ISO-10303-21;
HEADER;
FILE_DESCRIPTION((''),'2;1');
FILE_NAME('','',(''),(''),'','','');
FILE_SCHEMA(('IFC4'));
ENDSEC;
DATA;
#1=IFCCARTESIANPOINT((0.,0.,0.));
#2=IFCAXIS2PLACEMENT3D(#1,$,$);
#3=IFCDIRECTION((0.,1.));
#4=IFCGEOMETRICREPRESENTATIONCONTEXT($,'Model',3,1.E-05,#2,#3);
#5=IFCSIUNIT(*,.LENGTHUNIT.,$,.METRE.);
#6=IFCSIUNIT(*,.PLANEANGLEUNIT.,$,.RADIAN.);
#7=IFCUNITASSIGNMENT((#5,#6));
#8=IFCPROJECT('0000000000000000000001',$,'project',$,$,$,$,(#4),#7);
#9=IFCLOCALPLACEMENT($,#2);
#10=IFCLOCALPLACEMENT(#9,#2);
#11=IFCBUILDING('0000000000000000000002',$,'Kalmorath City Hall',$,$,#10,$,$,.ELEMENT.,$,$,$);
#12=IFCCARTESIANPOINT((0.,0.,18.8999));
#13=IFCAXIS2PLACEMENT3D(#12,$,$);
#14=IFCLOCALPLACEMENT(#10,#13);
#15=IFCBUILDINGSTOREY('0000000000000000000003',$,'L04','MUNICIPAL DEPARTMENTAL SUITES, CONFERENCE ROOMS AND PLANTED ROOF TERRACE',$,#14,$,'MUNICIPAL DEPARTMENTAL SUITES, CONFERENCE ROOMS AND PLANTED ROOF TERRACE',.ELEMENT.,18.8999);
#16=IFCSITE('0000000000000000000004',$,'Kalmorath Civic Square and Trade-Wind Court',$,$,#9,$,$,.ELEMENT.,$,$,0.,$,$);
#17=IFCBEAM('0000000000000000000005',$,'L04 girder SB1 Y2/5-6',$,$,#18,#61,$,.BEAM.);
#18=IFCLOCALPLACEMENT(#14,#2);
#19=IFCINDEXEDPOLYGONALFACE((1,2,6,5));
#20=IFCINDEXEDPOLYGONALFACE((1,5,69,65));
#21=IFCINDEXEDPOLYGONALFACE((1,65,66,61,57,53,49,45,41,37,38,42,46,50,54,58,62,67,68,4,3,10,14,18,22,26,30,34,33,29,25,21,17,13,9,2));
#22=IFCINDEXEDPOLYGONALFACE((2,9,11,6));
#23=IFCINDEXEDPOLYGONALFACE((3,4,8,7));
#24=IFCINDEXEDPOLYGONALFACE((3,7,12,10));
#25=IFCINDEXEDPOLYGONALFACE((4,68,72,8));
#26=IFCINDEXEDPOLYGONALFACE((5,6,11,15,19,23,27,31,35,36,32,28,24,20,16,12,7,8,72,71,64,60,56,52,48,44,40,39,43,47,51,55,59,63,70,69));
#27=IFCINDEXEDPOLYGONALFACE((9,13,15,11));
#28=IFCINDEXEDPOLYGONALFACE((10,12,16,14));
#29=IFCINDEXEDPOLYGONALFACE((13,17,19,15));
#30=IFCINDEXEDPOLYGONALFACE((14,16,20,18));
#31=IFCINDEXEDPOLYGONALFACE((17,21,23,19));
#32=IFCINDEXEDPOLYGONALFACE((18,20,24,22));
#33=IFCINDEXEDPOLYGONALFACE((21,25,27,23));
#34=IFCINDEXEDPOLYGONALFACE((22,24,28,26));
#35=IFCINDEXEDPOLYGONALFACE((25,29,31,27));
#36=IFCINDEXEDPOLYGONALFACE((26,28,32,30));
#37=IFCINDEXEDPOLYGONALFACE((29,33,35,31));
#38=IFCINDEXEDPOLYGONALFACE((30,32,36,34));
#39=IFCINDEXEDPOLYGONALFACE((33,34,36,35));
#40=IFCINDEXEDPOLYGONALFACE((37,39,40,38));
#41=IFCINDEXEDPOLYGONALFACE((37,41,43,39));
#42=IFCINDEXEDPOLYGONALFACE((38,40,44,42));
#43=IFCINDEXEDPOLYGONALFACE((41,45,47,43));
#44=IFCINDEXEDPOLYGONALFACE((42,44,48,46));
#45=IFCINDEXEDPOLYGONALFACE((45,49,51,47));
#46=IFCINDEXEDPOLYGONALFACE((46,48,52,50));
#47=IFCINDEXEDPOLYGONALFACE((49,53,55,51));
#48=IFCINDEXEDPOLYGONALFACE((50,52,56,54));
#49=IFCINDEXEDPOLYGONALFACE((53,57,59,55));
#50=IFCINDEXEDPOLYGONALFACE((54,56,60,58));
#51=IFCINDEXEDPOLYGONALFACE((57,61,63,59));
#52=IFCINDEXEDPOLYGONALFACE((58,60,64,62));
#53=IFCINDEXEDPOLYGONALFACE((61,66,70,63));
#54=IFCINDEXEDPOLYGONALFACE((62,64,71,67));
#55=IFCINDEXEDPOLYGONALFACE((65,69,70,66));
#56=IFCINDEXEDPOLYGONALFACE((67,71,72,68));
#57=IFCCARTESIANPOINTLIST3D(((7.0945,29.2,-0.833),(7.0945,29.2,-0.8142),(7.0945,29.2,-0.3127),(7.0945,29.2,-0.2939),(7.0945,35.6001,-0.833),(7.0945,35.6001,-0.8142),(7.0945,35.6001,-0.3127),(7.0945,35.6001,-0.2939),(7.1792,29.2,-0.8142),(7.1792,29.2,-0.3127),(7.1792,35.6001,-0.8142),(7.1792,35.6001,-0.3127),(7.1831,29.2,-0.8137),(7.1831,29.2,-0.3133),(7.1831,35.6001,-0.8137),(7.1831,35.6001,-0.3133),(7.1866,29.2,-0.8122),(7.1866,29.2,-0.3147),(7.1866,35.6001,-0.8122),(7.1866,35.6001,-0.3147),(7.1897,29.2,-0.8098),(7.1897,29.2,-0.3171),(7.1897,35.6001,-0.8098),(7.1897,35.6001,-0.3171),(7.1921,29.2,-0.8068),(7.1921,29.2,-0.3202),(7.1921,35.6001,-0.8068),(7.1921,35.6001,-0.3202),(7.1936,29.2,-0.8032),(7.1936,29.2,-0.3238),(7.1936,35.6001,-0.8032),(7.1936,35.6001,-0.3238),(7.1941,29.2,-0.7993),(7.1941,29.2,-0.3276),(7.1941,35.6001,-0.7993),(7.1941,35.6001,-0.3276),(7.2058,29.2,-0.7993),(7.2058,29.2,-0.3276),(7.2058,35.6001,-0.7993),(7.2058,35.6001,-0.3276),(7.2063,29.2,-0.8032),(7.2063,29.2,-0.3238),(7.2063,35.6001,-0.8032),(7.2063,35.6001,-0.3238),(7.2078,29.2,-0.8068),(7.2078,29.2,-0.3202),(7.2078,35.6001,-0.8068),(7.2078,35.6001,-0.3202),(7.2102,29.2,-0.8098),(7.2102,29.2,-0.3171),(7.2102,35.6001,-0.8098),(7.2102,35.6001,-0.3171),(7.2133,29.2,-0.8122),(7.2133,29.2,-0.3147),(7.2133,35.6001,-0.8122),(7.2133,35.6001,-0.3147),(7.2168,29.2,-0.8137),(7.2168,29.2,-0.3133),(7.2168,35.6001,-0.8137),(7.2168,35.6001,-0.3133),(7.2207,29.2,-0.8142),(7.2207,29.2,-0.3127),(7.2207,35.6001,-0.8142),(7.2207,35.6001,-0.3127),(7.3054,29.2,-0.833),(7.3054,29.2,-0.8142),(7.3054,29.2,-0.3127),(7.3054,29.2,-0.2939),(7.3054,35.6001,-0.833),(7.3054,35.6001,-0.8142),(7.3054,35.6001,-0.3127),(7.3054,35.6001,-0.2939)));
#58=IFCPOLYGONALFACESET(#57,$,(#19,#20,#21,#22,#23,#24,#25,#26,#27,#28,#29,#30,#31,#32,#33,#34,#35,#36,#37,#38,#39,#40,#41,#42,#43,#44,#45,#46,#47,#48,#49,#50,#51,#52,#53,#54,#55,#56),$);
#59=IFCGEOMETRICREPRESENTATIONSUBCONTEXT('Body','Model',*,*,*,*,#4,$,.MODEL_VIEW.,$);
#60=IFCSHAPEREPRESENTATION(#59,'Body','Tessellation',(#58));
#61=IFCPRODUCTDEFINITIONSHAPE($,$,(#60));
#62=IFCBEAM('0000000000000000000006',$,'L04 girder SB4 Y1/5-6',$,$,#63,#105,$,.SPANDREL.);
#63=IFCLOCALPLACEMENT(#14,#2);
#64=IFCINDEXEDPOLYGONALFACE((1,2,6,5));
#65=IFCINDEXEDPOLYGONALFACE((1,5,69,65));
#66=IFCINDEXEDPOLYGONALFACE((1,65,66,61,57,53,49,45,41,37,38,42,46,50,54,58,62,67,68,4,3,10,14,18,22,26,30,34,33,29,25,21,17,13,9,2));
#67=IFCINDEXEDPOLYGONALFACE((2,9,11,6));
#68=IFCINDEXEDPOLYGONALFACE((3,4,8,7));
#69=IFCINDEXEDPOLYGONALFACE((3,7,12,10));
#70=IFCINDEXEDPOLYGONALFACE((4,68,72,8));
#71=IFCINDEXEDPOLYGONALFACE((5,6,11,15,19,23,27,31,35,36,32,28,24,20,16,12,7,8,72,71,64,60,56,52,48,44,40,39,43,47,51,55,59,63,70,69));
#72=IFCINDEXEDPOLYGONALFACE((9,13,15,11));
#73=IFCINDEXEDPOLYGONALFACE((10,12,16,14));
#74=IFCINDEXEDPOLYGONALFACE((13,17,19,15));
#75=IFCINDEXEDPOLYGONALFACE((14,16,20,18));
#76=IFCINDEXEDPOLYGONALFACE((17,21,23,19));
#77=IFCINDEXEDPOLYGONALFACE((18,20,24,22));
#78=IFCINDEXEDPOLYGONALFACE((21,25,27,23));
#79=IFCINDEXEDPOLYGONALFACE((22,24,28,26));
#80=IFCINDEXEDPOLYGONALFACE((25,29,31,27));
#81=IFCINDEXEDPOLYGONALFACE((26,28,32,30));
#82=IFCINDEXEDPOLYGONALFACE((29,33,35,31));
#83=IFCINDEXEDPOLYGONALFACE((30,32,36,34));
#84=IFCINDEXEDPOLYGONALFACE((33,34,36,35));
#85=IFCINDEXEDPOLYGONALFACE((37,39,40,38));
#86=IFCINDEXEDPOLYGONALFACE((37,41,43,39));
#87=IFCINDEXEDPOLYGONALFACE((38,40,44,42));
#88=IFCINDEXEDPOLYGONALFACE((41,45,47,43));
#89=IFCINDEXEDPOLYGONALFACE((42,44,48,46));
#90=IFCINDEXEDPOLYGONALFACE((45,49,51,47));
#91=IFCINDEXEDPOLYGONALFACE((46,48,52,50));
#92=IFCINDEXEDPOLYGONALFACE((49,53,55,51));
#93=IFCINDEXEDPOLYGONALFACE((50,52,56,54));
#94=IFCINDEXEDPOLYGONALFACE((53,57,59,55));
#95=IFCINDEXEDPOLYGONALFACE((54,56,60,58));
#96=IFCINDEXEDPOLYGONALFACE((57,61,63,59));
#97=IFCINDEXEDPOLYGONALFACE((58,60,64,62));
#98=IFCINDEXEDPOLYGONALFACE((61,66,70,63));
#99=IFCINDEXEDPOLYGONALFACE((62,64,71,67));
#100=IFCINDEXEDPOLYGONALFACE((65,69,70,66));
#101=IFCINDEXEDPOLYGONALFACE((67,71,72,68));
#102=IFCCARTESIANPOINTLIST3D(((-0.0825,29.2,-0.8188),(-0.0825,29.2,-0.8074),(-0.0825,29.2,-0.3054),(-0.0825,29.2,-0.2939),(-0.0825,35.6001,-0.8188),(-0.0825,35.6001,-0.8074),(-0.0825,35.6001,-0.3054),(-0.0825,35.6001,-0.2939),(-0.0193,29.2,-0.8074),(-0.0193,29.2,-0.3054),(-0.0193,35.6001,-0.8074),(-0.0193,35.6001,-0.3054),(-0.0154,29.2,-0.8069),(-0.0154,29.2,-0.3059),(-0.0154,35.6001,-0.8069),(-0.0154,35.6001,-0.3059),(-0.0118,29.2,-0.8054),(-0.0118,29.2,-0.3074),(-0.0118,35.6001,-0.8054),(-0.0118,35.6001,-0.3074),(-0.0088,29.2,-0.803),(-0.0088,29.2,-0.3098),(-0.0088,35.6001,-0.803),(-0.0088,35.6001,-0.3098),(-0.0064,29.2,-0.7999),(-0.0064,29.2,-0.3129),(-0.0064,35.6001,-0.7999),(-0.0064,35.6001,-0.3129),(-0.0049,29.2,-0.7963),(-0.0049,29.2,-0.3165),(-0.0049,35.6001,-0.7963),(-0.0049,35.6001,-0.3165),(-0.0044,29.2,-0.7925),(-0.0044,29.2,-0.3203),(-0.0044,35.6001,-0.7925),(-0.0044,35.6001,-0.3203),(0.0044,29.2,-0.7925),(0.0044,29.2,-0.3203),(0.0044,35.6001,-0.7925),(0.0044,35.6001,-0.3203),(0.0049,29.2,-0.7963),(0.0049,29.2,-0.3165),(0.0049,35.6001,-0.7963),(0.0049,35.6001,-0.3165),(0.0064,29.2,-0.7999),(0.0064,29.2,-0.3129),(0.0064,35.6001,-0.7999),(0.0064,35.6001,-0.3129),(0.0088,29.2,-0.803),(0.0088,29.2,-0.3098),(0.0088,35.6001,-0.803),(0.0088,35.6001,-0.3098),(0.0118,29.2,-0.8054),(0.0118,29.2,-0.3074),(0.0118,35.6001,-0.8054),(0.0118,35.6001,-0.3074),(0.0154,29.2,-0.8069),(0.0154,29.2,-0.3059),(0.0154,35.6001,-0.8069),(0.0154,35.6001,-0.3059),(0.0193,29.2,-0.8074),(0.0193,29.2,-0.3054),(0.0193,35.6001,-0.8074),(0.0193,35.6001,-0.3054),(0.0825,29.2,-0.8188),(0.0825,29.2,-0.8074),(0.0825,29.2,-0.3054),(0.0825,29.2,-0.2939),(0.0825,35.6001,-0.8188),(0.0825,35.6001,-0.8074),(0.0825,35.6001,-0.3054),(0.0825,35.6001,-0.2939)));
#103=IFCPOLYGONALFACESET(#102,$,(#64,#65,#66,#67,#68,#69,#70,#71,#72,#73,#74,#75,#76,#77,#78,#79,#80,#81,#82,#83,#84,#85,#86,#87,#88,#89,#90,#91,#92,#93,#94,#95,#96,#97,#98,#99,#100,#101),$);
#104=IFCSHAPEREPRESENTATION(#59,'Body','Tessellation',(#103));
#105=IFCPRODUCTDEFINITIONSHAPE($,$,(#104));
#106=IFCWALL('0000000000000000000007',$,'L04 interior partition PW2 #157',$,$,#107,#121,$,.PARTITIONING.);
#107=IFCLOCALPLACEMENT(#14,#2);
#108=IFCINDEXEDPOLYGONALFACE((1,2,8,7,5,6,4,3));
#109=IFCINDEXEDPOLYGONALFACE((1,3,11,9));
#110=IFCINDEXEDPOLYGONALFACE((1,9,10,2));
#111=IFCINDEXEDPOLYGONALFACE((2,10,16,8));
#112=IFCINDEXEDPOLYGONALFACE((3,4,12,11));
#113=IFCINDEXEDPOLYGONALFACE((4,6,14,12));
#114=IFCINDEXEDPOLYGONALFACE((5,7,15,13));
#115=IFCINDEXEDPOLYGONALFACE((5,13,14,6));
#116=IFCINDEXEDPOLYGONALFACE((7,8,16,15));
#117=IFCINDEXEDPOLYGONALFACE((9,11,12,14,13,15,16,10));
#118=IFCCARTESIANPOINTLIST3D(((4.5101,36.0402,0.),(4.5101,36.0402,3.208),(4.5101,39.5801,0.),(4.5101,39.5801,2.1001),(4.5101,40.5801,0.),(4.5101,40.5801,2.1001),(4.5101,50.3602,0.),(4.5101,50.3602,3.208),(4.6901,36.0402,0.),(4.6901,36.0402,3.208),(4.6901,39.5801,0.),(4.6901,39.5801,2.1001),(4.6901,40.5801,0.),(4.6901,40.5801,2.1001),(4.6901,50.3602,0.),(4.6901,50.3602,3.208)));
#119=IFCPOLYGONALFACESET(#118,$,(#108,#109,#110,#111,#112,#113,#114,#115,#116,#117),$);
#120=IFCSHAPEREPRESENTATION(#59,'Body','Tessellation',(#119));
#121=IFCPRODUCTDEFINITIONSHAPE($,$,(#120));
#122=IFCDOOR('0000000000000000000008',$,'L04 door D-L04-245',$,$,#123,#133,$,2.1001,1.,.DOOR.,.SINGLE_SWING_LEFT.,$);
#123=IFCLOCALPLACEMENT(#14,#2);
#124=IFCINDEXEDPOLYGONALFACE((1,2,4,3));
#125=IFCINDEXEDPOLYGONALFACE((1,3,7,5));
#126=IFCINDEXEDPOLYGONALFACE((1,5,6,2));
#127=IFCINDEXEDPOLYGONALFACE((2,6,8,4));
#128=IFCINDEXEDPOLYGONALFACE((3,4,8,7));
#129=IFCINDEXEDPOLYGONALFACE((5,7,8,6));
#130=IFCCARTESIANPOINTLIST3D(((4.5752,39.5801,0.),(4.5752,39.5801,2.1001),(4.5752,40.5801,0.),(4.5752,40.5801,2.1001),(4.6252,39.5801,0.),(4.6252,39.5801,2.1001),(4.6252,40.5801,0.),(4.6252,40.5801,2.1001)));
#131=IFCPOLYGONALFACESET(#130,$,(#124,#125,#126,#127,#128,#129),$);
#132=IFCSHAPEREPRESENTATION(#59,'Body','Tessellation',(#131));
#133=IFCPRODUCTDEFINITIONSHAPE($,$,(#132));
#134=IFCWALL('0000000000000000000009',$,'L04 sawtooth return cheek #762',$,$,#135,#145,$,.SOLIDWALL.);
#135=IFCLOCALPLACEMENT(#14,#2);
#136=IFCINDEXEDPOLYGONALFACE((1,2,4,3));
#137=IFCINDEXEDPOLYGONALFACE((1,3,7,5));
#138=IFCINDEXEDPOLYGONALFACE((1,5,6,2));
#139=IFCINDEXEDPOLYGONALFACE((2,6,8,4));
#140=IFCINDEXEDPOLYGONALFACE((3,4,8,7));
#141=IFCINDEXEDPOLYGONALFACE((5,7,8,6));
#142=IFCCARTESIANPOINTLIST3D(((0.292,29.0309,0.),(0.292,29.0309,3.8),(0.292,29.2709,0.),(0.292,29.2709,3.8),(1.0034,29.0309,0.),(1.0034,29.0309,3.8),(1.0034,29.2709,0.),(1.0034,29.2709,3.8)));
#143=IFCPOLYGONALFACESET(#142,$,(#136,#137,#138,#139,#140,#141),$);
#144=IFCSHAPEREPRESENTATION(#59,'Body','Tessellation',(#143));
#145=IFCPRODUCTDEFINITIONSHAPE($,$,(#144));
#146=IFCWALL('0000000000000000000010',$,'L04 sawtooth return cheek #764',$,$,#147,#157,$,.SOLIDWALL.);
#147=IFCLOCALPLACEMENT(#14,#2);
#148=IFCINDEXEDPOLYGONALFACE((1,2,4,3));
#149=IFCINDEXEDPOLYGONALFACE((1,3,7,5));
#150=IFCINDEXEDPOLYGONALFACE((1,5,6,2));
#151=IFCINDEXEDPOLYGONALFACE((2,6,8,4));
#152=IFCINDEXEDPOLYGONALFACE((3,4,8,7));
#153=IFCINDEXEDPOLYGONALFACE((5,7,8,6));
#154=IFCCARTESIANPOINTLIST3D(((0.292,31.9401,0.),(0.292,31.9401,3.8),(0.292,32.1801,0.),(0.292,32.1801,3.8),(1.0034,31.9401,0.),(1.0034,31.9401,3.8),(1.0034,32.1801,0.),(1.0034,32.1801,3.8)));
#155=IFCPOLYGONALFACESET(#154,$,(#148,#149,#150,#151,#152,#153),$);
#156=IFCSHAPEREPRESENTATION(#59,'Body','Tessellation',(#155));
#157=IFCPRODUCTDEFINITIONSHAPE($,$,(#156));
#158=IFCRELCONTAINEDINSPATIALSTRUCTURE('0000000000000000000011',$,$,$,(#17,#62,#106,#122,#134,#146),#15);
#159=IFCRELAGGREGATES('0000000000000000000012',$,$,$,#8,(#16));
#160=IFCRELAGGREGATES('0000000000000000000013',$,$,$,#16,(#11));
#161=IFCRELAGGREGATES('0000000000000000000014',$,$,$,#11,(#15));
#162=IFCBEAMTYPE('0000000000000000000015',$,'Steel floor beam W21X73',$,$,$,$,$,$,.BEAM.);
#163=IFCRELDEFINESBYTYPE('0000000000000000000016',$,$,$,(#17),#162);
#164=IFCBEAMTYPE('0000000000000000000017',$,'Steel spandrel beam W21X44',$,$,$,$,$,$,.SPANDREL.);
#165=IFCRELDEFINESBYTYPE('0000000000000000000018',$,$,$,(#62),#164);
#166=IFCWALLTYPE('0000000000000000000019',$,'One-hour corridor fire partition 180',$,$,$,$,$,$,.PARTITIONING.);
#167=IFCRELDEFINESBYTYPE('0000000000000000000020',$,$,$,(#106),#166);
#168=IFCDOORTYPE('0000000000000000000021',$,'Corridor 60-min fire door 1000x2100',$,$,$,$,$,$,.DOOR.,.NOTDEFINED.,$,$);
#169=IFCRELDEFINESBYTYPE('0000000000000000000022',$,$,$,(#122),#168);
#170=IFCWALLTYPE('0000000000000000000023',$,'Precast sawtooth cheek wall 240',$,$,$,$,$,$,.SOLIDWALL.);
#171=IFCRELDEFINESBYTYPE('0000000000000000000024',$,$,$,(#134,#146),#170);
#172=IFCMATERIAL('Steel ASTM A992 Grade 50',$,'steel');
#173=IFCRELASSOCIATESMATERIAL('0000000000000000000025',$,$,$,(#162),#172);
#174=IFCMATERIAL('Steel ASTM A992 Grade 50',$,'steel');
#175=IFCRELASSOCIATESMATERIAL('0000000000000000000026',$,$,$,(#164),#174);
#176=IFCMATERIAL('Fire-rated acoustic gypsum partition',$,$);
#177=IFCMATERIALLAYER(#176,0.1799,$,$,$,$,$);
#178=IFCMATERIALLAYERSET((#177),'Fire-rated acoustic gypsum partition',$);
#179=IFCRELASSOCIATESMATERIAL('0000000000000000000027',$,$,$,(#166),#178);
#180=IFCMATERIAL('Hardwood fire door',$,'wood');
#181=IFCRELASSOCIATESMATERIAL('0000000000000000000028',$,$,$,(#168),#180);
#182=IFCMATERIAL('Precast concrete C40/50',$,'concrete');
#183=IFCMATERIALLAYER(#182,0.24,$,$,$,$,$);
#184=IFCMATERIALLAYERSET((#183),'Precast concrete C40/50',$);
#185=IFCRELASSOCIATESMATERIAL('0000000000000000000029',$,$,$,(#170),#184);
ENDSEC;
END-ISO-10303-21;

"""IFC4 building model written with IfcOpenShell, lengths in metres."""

from ifc_helpers import new_model, si_unit, direction, frame, frame_2d, origin, origin_2d, place, context, subcontext, project, spatial, rectangle, i_section, extrude, material, layer, layer_set, material_profile, profile_set, type_object, element, fill, save


model = new_model("IFC4")

# Units and contexts
model_context = context("Model", 3, precision=1e-05, world=origin(), true_north=direction((0.0, 1.0)))
body_context = subcontext(model_context, "Body", "Model", "MODEL_VIEW")
ifc_project = project(units=[si_unit("LENGTHUNIT", "METRE"), si_unit("PLANEANGLEUNIT", "RADIAN")], contexts=[model_context])

# Site, building, storey
site_placement = place(None, origin())
site = spatial("IfcSite", under=ifc_project, at=site_placement, Name="Kalmorath Civic Square and Trade-Wind Court", CompositionType="ELEMENT", RefElevation=0.0)
building_placement = place(site_placement, origin())
building = spatial("IfcBuilding", under=site, at=building_placement, Name="Kalmorath City Hall", CompositionType="ELEMENT")
storey_placement = place(building_placement, frame((0.0, 0.0, 18.8999)))
storey = spatial("IfcBuildingStorey", under=building, at=storey_placement, Name="L04", Description="MUNICIPAL DEPARTMENTAL SUITES, CONFERENCE ROOMS AND PLANTED ROOF TERRACE", LongName="MUNICIPAL DEPARTMENTAL SUITES, CONFERENCE ROOMS AND PLANTED ROOF TERRACE", CompositionType="ELEMENT", Elevation=18.8999)

# Beams
ifc_material_1 = material(Name="Steel ASTM A992 Grade 50", Category="steel")
ifc_material_profile_1 = material_profile(ifc_material_1, i_section(OverallWidth=0.2109, OverallDepth=0.5391, WebThickness=0.0117, FlangeThickness=0.0188, FilletRadius=0.0149, at=origin_2d()), Name="W21X73")
ifc_profile_set_1 = profile_set([ifc_material_profile_1], Name="Steel ASTM A992 Grade 50")
beam_type_1 = type_object("IfcBeamType", Name="Steel floor beam W21X73", PredefinedType="BEAM", material=ifc_profile_set_1)
for number, where, z_axis, x_axis, name in (
    (1, (7.2, 29.2, -0.5635), (0.0, 1.0, 0.0), (-1.0, 0.0, 0.0), "L04 girder SB1 Y2/5-6"),
):
    element("IfcBeam", number, at=place(storey_placement, frame(where, z_axis=z_axis, x_axis=x_axis)), inside=storey, type_object=beam_type_1, Name=name, PredefinedType="BEAM", context=body_context, shape_type="SweptSolid", body=[
        extrude(i_section(OverallWidth=0.2109, OverallDepth=0.5391, WebThickness=0.0117, FlangeThickness=0.0188, FilletRadius=0.0149, at=origin_2d()), origin(), (0.0, 0.0, 1.0), 6.4001),
    ])
ifc_material_2 = material(Name="Steel ASTM A992 Grade 50", Category="steel")
ifc_material_profile_2 = material_profile(ifc_material_2, i_section(OverallWidth=0.165, OverallDepth=0.5249, WebThickness=0.0088, FlangeThickness=0.0115, FilletRadius=0.0149, at=origin_2d()), Name="W21X44")
ifc_profile_set_2 = profile_set([ifc_material_profile_2], Name="Steel ASTM A992 Grade 50")
beam_type_2 = type_object("IfcBeamType", Name="Steel spandrel beam W21X44", PredefinedType="SPANDREL", material=ifc_profile_set_2)
beam_placement = place(storey_placement, frame((0.0, 29.2, -0.5564), z_axis=(0.0, 1.0, 0.0), x_axis=(-1.0, 0.0, 0.0)))
element("IfcBeam", 2, at=beam_placement, inside=storey, type_object=beam_type_2, Name="L04 girder SB4 Y1/5-6", PredefinedType="SPANDREL", context=body_context, shape_type="SweptSolid", body=[
    extrude(i_section(OverallWidth=0.165, OverallDepth=0.5249, WebThickness=0.0088, FlangeThickness=0.0115, FilletRadius=0.0149, at=origin_2d()), origin(), (0.0, 0.0, 1.0), 6.4001),
])

# Wall, opening, door
ifc_material_3 = material(Name="Fire-rated acoustic gypsum partition")
ifc_layer_1 = layer(ifc_material_3, 0.1799)
ifc_layer_set_1 = layer_set([ifc_layer_1], Name="Fire-rated acoustic gypsum partition")
wall_type_1 = type_object("IfcWallType", Name="One-hour corridor fire partition 180", PredefinedType="PARTITIONING", material=ifc_layer_set_1)
wall_1_placement = place(storey_placement, frame((4.6001, 36.04, 0.0), z_axis=(0.0, 0.0, 1.0), x_axis=(0.0, 1.0, 0.0)))
wall_1 = element("IfcWall", 3, at=wall_1_placement, inside=storey, type_object=wall_type_1, Name="L04 interior partition PW2 #157", PredefinedType="PARTITIONING", context=body_context, shape_type="SweptSolid", body=[
    extrude(rectangle(XDim=14.3201, YDim=0.1799, at=frame_2d((7.1602, 0.0))), origin(), (0.0, 0.0, 1.0), 3.208),
])
opening_1_placement = place(wall_1_placement, frame((3.54, 0.0, 0.0)))
opening_1 = element("IfcOpeningElement", 4, at=opening_1_placement, cuts=wall_1, PredefinedType="OPENING", context=body_context, shape_type="SweptSolid", body=[
    extrude(rectangle(XDim=1.0, YDim=2.1001, at=frame_2d((0.5, 1.05))), frame((0.0, 0.0999, 0.0), z_axis=(0.0, -1.0, 0.0), x_axis=(1.0, 0.0, 0.0)), (0.0, 0.0, 1.0), 0.2),
])
ifc_material_4 = material(Name="Hardwood fire door", Category="wood")
door_type = type_object("IfcDoorType", Name="Corridor 60-min fire door 1000x2100", OperationType="NOTDEFINED", PredefinedType="DOOR", material=ifc_material_4)
door_placement = place(opening_1_placement, origin())
door = element("IfcDoor", 5, at=door_placement, inside=storey, type_object=door_type, Name="L04 door D-L04-245", OperationType="SINGLE_SWING_LEFT", OverallHeight=2.1001, OverallWidth=1.0, PredefinedType="DOOR", context=body_context, shape_type="SweptSolid", body=[
    extrude(rectangle(XDim=1.0, YDim=2.1001, at=frame_2d((0.5, 1.05))), frame((0.0, 0.0249, 0.0), z_axis=(0.0, -1.0, 0.0), x_axis=(1.0, 0.0, 0.0)), (0.0, 0.0, 1.0), 0.05),
])
fill(opening_1, door)

# Walls
ifc_material_5 = material(Name="Precast concrete C40/50", Category="concrete")
ifc_layer_2 = layer(ifc_material_5, 0.24)
ifc_layer_set_2 = layer_set([ifc_layer_2], Name="Precast concrete C40/50")
wall_type_2 = type_object("IfcWallType", Name="Precast sawtooth cheek wall 240", PredefinedType="SOLIDWALL", material=ifc_layer_set_2)
for number, where, z_axis, x_axis, name in (
    (6, (1.0034, 29.1509, 0.0), (0.0, 0.0, 1.0), (-1.0, 0.0, 0.0), "L04 sawtooth return cheek #762"),
    (7, (1.0034, 32.0601, 0.0), (0.0, 0.0, 1.0), (-1.0, 0.0, 0.0), "L04 sawtooth return cheek #764"),
):
    element("IfcWall", number, at=place(storey_placement, frame(where, z_axis=z_axis, x_axis=x_axis)), inside=storey, type_object=wall_type_2, Name=name, PredefinedType="SOLIDWALL", context=body_context, shape_type="SweptSolid", body=[
        extrude(rectangle(XDim=0.7114, YDim=0.24, at=frame_2d((0.3557, 0.0))), origin(), (0.0, 0.0, 1.0), 3.8),
    ])

save(model, "model.ifc")
